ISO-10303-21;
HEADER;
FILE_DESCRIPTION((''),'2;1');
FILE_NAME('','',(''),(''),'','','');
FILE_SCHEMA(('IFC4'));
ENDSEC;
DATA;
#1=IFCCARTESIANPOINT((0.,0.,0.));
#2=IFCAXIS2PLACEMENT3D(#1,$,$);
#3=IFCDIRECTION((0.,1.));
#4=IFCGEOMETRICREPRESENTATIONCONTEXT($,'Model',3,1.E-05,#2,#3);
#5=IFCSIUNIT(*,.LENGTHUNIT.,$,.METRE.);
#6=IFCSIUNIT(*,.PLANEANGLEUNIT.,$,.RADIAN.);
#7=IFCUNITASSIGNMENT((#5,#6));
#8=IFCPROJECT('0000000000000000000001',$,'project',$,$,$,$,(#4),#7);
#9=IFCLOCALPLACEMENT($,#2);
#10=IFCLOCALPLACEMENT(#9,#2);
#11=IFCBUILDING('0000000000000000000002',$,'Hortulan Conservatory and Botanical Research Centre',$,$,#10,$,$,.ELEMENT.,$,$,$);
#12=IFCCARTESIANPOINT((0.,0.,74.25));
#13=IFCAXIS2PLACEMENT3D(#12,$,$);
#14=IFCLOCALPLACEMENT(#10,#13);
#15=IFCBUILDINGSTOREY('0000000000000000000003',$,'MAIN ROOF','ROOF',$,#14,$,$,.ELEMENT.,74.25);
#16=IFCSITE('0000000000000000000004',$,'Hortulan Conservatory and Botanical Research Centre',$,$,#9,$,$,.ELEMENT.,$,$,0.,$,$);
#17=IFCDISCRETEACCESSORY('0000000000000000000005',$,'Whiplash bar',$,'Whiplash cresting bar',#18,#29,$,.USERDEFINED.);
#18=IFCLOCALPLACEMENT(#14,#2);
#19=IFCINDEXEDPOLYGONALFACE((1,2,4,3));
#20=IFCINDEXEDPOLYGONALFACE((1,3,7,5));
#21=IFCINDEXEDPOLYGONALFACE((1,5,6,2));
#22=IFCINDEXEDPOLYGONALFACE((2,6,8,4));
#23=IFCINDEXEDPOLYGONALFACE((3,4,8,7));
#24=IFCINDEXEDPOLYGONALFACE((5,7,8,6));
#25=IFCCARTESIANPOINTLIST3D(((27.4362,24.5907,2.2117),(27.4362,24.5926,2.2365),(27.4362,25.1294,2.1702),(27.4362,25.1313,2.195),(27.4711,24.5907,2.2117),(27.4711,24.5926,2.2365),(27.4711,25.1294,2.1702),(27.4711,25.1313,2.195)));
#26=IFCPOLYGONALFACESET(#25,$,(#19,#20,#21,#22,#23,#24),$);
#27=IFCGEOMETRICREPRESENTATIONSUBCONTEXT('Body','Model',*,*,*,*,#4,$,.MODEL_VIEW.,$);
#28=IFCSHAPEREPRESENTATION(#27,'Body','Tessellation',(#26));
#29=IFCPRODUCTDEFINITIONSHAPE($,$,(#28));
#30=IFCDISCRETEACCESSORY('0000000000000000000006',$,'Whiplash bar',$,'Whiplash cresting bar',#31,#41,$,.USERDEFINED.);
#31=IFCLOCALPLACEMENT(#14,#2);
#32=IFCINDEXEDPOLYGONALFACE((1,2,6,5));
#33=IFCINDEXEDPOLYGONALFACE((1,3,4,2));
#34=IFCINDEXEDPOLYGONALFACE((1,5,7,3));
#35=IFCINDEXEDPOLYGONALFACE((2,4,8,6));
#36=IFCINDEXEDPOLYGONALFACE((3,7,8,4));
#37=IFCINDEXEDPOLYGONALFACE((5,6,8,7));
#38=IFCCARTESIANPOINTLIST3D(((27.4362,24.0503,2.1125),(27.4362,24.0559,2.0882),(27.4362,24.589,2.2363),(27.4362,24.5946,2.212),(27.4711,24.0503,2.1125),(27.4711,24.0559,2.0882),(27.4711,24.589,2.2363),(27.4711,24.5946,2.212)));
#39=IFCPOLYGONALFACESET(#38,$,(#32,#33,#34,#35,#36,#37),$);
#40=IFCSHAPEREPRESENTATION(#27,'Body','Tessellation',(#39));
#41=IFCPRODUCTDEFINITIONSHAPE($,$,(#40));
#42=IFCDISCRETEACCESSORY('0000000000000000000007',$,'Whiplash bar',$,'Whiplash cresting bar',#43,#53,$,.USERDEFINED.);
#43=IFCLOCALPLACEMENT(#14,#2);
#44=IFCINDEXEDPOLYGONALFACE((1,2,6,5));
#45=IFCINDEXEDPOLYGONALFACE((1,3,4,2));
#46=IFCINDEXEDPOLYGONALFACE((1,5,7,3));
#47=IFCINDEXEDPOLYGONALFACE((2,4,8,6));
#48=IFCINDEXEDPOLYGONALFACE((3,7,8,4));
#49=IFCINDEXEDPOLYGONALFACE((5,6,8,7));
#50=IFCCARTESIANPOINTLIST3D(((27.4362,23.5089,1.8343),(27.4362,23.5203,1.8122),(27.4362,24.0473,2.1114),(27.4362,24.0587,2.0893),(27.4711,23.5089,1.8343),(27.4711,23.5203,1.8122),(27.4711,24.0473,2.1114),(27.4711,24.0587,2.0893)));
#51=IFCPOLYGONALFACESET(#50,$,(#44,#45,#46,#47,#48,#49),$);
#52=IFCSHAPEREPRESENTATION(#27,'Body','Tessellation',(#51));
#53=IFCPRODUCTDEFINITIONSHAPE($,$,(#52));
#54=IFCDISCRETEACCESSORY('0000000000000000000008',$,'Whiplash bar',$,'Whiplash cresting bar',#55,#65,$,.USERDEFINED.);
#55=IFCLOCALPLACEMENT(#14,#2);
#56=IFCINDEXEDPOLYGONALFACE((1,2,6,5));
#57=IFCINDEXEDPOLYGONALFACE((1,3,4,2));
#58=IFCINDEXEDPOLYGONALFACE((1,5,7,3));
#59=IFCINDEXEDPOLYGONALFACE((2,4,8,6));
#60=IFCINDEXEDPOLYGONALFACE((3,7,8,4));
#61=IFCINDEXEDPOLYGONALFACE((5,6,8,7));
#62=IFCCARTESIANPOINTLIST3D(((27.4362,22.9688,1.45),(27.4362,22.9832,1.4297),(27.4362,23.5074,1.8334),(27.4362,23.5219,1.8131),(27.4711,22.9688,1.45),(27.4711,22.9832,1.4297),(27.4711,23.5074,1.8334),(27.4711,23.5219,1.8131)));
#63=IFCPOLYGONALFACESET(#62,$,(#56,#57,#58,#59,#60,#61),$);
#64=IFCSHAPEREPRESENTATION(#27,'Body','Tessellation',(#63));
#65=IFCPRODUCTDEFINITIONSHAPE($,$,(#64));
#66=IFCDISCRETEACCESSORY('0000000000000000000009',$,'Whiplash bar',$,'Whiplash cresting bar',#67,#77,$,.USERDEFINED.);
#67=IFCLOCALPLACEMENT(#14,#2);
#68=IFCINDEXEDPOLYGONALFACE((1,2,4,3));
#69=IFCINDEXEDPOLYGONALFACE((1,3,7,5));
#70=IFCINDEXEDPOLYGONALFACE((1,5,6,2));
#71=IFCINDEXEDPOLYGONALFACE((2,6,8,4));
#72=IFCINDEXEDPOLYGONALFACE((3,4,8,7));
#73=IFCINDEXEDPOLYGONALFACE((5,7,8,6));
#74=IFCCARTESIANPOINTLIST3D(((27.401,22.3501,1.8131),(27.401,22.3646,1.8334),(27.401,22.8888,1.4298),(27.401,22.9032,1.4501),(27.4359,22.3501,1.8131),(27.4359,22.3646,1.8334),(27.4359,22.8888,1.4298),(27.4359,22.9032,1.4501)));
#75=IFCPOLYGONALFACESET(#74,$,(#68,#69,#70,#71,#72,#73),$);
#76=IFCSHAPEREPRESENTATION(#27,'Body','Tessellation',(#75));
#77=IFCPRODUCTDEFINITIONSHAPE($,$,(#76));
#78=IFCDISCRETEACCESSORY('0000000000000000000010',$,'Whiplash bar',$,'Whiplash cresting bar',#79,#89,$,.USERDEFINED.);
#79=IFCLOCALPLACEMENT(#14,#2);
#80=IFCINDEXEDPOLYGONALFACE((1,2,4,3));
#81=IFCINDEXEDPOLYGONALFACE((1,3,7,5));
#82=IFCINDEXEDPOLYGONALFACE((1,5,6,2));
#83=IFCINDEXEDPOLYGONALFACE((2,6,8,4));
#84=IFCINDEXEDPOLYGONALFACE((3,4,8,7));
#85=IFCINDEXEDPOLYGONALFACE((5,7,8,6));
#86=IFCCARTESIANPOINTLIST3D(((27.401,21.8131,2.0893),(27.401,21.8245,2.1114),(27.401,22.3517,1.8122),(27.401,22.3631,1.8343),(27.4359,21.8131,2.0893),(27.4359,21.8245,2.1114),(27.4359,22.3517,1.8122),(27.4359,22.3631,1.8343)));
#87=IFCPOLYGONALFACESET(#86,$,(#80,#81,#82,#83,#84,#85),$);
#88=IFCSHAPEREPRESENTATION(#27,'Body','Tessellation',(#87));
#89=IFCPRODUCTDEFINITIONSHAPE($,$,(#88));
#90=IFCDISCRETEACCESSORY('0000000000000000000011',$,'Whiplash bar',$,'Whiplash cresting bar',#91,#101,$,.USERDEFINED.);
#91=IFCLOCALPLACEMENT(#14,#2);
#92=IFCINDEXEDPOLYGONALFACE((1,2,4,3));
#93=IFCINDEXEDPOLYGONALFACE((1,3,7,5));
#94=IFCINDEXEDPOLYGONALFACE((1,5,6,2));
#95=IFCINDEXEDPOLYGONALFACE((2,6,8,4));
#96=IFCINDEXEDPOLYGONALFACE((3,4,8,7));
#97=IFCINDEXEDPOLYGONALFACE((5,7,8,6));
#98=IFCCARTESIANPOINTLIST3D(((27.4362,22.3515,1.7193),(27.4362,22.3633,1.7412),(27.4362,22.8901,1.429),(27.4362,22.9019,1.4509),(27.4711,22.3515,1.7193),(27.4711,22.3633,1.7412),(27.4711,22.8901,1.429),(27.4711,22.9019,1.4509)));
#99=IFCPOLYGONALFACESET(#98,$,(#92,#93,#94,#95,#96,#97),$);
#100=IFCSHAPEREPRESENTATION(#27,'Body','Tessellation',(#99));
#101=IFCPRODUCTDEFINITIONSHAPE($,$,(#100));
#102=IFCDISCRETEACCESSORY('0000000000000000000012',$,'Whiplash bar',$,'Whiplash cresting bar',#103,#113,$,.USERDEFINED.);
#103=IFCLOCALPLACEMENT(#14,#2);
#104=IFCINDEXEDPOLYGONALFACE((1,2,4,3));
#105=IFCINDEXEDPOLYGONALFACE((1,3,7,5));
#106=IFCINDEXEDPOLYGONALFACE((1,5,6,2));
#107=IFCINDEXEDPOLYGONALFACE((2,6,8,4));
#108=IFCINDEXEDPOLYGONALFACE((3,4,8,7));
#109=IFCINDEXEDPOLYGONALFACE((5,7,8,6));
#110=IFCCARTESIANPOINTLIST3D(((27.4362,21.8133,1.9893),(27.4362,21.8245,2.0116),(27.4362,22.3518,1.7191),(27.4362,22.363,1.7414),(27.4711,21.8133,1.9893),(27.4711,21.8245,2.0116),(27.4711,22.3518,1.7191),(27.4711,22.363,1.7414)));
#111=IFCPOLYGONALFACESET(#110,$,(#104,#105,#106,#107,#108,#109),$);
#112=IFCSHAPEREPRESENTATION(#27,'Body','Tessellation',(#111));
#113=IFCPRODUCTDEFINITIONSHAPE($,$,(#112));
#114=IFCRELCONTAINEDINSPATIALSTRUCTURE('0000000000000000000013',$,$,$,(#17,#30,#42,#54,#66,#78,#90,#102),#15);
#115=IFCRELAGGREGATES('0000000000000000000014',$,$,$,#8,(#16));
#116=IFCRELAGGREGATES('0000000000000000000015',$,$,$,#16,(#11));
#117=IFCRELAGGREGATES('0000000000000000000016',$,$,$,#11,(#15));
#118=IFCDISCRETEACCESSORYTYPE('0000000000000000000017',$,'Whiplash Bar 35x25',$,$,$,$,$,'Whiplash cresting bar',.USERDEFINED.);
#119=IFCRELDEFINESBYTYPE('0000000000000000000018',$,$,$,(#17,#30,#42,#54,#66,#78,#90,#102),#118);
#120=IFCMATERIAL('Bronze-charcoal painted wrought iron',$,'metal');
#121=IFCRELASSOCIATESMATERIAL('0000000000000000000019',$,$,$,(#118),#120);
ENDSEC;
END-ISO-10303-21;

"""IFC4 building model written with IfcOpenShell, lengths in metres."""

from ifc_helpers import new_model, si_unit, direction, frame, origin, origin_2d, place, context, subcontext, project, spatial, rectangle, extrude, material, material_profile, profile_set, type_object, element, save


model = new_model("IFC4")

# Units and contexts
model_context = context("Model", 3, precision=1e-05, world=origin(), true_north=direction((0.0, 1.0)))
body_context = subcontext(model_context, "Body", "Model", "MODEL_VIEW")
ifc_project = project(units=[si_unit("LENGTHUNIT", "METRE"), si_unit("PLANEANGLEUNIT", "RADIAN")], contexts=[model_context])

# Site, building, storey
site_placement = place(None, origin())
site = spatial("IfcSite", under=ifc_project, at=site_placement, Name="Hortulan Conservatory and Botanical Research Centre", CompositionType="ELEMENT", RefElevation=0.0)
building_placement = place(site_placement, origin())
building = spatial("IfcBuilding", under=site, at=building_placement, Name="Hortulan Conservatory and Botanical Research Centre", CompositionType="ELEMENT")
storey_placement = place(building_placement, frame((0.0, 0.0, 74.25)))
storey = spatial("IfcBuildingStorey", under=building, at=storey_placement, Name="MAIN ROOF", Description="ROOF", CompositionType="ELEMENT", Elevation=74.25)

# Discrete accessories
ifc_material = material(Name="Bronze-charcoal painted wrought iron", Category="metal")
ifc_material_profile_1 = material_profile(ifc_material, rectangle(XDim=0.0349, YDim=0.0249, at=origin_2d()), Name="Flat bar 35x25")
ifc_profile_set_1 = profile_set([ifc_material_profile_1], Name="Bronze-charcoal painted wrought iron")
discrete_accessory_type_1 = type_object("IfcDiscreteAccessoryType", Name="Whiplash Bar 35x25", ElementType="Whiplash cresting bar", PredefinedType="USERDEFINED", material=ifc_profile_set_1)
discrete_accessory_1_placement = place(storey_placement, frame((27.4536, 25.1304, 2.1826), z_axis=(0.0, -0.997044, 0.076835), x_axis=(1.0, 0.0, 0.0)))
element("IfcDiscreteAccessory", 1, at=discrete_accessory_1_placement, inside=storey, type_object=discrete_accessory_type_1, Name="Whiplash bar", ObjectType="Whiplash cresting bar", PredefinedType="USERDEFINED", context=body_context, shape_type="SweptSolid", body=[
    extrude(rectangle(XDim=0.0349, YDim=0.0249, at=origin_2d()), origin(), (0.0, 0.0, 1.0), 0.5403),
])
discrete_accessory_2_placement = place(storey_placement, frame((27.4536, 24.5918, 2.2241), z_axis=(0.0, -0.974614, -0.223892), x_axis=(1.0, 0.0, 0.0)))
element("IfcDiscreteAccessory", 2, at=discrete_accessory_2_placement, inside=storey, type_object=discrete_accessory_type_1, Name="Whiplash bar", ObjectType="Whiplash cresting bar", PredefinedType="USERDEFINED", context=body_context, shape_type="SweptSolid", body=[
    extrude(rectangle(XDim=0.0349, YDim=0.0249, at=origin_2d()), origin(), (0.0, 0.0, 1.0), 0.5527),
])
discrete_accessory_3_placement = place(storey_placement, frame((27.4536, 24.053, 2.1003), z_axis=(0.0, -0.889124, -0.457667), x_axis=(1.0, 0.0, 0.0)))
element("IfcDiscreteAccessory", 3, at=discrete_accessory_3_placement, inside=storey, type_object=discrete_accessory_type_1, Name="Whiplash bar", ObjectType="Whiplash cresting bar", PredefinedType="USERDEFINED", context=body_context, shape_type="SweptSolid", body=[
    extrude(rectangle(XDim=0.0349, YDim=0.0249, at=origin_2d()), origin(), (0.0, 0.0, 1.0), 0.6055),
])
for number, where, z_axis, x_axis, name in (
    (4, (27.4536, 23.5146, 1.8232), (0.0, -0.81473, -0.57984), (1.0, 0.0, 0.0), "Whiplash bar"),
    (5, (27.4185, 22.896, 1.4399), (0.0, -0.81473, 0.57984), (1.0, 0.0, 0.0), "Whiplash bar"),
):
    element("IfcDiscreteAccessory", number, at=place(storey_placement, frame(where, z_axis=z_axis, x_axis=x_axis)), inside=storey, type_object=discrete_accessory_type_1, Name=name, ObjectType="Whiplash cresting bar", PredefinedType="USERDEFINED", context=body_context, shape_type="SweptSolid", body=[
        extrude(rectangle(XDim=0.0349, YDim=0.0249, at=origin_2d()), origin(), (0.0, 0.0, 1.0), 0.6611),
    ])
discrete_accessory_4_placement = place(storey_placement, frame((27.4185, 22.3574, 1.8232), z_axis=(0.0, -0.889208, 0.457503), x_axis=(1.0, 0.0, 0.0)))
element("IfcDiscreteAccessory", 6, at=discrete_accessory_4_placement, inside=storey, type_object=discrete_accessory_type_1, Name="Whiplash bar", ObjectType="Whiplash cresting bar", PredefinedType="USERDEFINED", context=body_context, shape_type="SweptSolid", body=[
    extrude(rectangle(XDim=0.0349, YDim=0.0249, at=origin_2d()), origin(), (0.0, 0.0, 1.0), 0.6057),
])
discrete_accessory_5_placement = place(storey_placement, frame((27.4536, 22.896, 1.4399), z_axis=(0.0, -0.880279, 0.474457), x_axis=(1.0, 0.0, 0.0)))
element("IfcDiscreteAccessory", 7, at=discrete_accessory_5_placement, inside=storey, type_object=discrete_accessory_type_1, Name="Whiplash bar", ObjectType="Whiplash cresting bar", PredefinedType="USERDEFINED", context=body_context, shape_type="SweptSolid", body=[
    extrude(rectangle(XDim=0.0349, YDim=0.0249, at=origin_2d()), origin(), (0.0, 0.0, 1.0), 0.6118),
])
discrete_accessory_6_placement = place(storey_placement, frame((27.4536, 22.3574, 1.7302), z_axis=(0.0, -0.893778, 0.44851), x_axis=(1.0, 0.0, 0.0)))
element("IfcDiscreteAccessory", 8, at=discrete_accessory_6_placement, inside=storey, type_object=discrete_accessory_type_1, Name="Whiplash bar", ObjectType="Whiplash cresting bar", PredefinedType="USERDEFINED", context=body_context, shape_type="SweptSolid", body=[
    extrude(rectangle(XDim=0.0349, YDim=0.0249, at=origin_2d()), origin(), (0.0, 0.0, 1.0), 0.6025),
])

save(model, "model.ifc")
